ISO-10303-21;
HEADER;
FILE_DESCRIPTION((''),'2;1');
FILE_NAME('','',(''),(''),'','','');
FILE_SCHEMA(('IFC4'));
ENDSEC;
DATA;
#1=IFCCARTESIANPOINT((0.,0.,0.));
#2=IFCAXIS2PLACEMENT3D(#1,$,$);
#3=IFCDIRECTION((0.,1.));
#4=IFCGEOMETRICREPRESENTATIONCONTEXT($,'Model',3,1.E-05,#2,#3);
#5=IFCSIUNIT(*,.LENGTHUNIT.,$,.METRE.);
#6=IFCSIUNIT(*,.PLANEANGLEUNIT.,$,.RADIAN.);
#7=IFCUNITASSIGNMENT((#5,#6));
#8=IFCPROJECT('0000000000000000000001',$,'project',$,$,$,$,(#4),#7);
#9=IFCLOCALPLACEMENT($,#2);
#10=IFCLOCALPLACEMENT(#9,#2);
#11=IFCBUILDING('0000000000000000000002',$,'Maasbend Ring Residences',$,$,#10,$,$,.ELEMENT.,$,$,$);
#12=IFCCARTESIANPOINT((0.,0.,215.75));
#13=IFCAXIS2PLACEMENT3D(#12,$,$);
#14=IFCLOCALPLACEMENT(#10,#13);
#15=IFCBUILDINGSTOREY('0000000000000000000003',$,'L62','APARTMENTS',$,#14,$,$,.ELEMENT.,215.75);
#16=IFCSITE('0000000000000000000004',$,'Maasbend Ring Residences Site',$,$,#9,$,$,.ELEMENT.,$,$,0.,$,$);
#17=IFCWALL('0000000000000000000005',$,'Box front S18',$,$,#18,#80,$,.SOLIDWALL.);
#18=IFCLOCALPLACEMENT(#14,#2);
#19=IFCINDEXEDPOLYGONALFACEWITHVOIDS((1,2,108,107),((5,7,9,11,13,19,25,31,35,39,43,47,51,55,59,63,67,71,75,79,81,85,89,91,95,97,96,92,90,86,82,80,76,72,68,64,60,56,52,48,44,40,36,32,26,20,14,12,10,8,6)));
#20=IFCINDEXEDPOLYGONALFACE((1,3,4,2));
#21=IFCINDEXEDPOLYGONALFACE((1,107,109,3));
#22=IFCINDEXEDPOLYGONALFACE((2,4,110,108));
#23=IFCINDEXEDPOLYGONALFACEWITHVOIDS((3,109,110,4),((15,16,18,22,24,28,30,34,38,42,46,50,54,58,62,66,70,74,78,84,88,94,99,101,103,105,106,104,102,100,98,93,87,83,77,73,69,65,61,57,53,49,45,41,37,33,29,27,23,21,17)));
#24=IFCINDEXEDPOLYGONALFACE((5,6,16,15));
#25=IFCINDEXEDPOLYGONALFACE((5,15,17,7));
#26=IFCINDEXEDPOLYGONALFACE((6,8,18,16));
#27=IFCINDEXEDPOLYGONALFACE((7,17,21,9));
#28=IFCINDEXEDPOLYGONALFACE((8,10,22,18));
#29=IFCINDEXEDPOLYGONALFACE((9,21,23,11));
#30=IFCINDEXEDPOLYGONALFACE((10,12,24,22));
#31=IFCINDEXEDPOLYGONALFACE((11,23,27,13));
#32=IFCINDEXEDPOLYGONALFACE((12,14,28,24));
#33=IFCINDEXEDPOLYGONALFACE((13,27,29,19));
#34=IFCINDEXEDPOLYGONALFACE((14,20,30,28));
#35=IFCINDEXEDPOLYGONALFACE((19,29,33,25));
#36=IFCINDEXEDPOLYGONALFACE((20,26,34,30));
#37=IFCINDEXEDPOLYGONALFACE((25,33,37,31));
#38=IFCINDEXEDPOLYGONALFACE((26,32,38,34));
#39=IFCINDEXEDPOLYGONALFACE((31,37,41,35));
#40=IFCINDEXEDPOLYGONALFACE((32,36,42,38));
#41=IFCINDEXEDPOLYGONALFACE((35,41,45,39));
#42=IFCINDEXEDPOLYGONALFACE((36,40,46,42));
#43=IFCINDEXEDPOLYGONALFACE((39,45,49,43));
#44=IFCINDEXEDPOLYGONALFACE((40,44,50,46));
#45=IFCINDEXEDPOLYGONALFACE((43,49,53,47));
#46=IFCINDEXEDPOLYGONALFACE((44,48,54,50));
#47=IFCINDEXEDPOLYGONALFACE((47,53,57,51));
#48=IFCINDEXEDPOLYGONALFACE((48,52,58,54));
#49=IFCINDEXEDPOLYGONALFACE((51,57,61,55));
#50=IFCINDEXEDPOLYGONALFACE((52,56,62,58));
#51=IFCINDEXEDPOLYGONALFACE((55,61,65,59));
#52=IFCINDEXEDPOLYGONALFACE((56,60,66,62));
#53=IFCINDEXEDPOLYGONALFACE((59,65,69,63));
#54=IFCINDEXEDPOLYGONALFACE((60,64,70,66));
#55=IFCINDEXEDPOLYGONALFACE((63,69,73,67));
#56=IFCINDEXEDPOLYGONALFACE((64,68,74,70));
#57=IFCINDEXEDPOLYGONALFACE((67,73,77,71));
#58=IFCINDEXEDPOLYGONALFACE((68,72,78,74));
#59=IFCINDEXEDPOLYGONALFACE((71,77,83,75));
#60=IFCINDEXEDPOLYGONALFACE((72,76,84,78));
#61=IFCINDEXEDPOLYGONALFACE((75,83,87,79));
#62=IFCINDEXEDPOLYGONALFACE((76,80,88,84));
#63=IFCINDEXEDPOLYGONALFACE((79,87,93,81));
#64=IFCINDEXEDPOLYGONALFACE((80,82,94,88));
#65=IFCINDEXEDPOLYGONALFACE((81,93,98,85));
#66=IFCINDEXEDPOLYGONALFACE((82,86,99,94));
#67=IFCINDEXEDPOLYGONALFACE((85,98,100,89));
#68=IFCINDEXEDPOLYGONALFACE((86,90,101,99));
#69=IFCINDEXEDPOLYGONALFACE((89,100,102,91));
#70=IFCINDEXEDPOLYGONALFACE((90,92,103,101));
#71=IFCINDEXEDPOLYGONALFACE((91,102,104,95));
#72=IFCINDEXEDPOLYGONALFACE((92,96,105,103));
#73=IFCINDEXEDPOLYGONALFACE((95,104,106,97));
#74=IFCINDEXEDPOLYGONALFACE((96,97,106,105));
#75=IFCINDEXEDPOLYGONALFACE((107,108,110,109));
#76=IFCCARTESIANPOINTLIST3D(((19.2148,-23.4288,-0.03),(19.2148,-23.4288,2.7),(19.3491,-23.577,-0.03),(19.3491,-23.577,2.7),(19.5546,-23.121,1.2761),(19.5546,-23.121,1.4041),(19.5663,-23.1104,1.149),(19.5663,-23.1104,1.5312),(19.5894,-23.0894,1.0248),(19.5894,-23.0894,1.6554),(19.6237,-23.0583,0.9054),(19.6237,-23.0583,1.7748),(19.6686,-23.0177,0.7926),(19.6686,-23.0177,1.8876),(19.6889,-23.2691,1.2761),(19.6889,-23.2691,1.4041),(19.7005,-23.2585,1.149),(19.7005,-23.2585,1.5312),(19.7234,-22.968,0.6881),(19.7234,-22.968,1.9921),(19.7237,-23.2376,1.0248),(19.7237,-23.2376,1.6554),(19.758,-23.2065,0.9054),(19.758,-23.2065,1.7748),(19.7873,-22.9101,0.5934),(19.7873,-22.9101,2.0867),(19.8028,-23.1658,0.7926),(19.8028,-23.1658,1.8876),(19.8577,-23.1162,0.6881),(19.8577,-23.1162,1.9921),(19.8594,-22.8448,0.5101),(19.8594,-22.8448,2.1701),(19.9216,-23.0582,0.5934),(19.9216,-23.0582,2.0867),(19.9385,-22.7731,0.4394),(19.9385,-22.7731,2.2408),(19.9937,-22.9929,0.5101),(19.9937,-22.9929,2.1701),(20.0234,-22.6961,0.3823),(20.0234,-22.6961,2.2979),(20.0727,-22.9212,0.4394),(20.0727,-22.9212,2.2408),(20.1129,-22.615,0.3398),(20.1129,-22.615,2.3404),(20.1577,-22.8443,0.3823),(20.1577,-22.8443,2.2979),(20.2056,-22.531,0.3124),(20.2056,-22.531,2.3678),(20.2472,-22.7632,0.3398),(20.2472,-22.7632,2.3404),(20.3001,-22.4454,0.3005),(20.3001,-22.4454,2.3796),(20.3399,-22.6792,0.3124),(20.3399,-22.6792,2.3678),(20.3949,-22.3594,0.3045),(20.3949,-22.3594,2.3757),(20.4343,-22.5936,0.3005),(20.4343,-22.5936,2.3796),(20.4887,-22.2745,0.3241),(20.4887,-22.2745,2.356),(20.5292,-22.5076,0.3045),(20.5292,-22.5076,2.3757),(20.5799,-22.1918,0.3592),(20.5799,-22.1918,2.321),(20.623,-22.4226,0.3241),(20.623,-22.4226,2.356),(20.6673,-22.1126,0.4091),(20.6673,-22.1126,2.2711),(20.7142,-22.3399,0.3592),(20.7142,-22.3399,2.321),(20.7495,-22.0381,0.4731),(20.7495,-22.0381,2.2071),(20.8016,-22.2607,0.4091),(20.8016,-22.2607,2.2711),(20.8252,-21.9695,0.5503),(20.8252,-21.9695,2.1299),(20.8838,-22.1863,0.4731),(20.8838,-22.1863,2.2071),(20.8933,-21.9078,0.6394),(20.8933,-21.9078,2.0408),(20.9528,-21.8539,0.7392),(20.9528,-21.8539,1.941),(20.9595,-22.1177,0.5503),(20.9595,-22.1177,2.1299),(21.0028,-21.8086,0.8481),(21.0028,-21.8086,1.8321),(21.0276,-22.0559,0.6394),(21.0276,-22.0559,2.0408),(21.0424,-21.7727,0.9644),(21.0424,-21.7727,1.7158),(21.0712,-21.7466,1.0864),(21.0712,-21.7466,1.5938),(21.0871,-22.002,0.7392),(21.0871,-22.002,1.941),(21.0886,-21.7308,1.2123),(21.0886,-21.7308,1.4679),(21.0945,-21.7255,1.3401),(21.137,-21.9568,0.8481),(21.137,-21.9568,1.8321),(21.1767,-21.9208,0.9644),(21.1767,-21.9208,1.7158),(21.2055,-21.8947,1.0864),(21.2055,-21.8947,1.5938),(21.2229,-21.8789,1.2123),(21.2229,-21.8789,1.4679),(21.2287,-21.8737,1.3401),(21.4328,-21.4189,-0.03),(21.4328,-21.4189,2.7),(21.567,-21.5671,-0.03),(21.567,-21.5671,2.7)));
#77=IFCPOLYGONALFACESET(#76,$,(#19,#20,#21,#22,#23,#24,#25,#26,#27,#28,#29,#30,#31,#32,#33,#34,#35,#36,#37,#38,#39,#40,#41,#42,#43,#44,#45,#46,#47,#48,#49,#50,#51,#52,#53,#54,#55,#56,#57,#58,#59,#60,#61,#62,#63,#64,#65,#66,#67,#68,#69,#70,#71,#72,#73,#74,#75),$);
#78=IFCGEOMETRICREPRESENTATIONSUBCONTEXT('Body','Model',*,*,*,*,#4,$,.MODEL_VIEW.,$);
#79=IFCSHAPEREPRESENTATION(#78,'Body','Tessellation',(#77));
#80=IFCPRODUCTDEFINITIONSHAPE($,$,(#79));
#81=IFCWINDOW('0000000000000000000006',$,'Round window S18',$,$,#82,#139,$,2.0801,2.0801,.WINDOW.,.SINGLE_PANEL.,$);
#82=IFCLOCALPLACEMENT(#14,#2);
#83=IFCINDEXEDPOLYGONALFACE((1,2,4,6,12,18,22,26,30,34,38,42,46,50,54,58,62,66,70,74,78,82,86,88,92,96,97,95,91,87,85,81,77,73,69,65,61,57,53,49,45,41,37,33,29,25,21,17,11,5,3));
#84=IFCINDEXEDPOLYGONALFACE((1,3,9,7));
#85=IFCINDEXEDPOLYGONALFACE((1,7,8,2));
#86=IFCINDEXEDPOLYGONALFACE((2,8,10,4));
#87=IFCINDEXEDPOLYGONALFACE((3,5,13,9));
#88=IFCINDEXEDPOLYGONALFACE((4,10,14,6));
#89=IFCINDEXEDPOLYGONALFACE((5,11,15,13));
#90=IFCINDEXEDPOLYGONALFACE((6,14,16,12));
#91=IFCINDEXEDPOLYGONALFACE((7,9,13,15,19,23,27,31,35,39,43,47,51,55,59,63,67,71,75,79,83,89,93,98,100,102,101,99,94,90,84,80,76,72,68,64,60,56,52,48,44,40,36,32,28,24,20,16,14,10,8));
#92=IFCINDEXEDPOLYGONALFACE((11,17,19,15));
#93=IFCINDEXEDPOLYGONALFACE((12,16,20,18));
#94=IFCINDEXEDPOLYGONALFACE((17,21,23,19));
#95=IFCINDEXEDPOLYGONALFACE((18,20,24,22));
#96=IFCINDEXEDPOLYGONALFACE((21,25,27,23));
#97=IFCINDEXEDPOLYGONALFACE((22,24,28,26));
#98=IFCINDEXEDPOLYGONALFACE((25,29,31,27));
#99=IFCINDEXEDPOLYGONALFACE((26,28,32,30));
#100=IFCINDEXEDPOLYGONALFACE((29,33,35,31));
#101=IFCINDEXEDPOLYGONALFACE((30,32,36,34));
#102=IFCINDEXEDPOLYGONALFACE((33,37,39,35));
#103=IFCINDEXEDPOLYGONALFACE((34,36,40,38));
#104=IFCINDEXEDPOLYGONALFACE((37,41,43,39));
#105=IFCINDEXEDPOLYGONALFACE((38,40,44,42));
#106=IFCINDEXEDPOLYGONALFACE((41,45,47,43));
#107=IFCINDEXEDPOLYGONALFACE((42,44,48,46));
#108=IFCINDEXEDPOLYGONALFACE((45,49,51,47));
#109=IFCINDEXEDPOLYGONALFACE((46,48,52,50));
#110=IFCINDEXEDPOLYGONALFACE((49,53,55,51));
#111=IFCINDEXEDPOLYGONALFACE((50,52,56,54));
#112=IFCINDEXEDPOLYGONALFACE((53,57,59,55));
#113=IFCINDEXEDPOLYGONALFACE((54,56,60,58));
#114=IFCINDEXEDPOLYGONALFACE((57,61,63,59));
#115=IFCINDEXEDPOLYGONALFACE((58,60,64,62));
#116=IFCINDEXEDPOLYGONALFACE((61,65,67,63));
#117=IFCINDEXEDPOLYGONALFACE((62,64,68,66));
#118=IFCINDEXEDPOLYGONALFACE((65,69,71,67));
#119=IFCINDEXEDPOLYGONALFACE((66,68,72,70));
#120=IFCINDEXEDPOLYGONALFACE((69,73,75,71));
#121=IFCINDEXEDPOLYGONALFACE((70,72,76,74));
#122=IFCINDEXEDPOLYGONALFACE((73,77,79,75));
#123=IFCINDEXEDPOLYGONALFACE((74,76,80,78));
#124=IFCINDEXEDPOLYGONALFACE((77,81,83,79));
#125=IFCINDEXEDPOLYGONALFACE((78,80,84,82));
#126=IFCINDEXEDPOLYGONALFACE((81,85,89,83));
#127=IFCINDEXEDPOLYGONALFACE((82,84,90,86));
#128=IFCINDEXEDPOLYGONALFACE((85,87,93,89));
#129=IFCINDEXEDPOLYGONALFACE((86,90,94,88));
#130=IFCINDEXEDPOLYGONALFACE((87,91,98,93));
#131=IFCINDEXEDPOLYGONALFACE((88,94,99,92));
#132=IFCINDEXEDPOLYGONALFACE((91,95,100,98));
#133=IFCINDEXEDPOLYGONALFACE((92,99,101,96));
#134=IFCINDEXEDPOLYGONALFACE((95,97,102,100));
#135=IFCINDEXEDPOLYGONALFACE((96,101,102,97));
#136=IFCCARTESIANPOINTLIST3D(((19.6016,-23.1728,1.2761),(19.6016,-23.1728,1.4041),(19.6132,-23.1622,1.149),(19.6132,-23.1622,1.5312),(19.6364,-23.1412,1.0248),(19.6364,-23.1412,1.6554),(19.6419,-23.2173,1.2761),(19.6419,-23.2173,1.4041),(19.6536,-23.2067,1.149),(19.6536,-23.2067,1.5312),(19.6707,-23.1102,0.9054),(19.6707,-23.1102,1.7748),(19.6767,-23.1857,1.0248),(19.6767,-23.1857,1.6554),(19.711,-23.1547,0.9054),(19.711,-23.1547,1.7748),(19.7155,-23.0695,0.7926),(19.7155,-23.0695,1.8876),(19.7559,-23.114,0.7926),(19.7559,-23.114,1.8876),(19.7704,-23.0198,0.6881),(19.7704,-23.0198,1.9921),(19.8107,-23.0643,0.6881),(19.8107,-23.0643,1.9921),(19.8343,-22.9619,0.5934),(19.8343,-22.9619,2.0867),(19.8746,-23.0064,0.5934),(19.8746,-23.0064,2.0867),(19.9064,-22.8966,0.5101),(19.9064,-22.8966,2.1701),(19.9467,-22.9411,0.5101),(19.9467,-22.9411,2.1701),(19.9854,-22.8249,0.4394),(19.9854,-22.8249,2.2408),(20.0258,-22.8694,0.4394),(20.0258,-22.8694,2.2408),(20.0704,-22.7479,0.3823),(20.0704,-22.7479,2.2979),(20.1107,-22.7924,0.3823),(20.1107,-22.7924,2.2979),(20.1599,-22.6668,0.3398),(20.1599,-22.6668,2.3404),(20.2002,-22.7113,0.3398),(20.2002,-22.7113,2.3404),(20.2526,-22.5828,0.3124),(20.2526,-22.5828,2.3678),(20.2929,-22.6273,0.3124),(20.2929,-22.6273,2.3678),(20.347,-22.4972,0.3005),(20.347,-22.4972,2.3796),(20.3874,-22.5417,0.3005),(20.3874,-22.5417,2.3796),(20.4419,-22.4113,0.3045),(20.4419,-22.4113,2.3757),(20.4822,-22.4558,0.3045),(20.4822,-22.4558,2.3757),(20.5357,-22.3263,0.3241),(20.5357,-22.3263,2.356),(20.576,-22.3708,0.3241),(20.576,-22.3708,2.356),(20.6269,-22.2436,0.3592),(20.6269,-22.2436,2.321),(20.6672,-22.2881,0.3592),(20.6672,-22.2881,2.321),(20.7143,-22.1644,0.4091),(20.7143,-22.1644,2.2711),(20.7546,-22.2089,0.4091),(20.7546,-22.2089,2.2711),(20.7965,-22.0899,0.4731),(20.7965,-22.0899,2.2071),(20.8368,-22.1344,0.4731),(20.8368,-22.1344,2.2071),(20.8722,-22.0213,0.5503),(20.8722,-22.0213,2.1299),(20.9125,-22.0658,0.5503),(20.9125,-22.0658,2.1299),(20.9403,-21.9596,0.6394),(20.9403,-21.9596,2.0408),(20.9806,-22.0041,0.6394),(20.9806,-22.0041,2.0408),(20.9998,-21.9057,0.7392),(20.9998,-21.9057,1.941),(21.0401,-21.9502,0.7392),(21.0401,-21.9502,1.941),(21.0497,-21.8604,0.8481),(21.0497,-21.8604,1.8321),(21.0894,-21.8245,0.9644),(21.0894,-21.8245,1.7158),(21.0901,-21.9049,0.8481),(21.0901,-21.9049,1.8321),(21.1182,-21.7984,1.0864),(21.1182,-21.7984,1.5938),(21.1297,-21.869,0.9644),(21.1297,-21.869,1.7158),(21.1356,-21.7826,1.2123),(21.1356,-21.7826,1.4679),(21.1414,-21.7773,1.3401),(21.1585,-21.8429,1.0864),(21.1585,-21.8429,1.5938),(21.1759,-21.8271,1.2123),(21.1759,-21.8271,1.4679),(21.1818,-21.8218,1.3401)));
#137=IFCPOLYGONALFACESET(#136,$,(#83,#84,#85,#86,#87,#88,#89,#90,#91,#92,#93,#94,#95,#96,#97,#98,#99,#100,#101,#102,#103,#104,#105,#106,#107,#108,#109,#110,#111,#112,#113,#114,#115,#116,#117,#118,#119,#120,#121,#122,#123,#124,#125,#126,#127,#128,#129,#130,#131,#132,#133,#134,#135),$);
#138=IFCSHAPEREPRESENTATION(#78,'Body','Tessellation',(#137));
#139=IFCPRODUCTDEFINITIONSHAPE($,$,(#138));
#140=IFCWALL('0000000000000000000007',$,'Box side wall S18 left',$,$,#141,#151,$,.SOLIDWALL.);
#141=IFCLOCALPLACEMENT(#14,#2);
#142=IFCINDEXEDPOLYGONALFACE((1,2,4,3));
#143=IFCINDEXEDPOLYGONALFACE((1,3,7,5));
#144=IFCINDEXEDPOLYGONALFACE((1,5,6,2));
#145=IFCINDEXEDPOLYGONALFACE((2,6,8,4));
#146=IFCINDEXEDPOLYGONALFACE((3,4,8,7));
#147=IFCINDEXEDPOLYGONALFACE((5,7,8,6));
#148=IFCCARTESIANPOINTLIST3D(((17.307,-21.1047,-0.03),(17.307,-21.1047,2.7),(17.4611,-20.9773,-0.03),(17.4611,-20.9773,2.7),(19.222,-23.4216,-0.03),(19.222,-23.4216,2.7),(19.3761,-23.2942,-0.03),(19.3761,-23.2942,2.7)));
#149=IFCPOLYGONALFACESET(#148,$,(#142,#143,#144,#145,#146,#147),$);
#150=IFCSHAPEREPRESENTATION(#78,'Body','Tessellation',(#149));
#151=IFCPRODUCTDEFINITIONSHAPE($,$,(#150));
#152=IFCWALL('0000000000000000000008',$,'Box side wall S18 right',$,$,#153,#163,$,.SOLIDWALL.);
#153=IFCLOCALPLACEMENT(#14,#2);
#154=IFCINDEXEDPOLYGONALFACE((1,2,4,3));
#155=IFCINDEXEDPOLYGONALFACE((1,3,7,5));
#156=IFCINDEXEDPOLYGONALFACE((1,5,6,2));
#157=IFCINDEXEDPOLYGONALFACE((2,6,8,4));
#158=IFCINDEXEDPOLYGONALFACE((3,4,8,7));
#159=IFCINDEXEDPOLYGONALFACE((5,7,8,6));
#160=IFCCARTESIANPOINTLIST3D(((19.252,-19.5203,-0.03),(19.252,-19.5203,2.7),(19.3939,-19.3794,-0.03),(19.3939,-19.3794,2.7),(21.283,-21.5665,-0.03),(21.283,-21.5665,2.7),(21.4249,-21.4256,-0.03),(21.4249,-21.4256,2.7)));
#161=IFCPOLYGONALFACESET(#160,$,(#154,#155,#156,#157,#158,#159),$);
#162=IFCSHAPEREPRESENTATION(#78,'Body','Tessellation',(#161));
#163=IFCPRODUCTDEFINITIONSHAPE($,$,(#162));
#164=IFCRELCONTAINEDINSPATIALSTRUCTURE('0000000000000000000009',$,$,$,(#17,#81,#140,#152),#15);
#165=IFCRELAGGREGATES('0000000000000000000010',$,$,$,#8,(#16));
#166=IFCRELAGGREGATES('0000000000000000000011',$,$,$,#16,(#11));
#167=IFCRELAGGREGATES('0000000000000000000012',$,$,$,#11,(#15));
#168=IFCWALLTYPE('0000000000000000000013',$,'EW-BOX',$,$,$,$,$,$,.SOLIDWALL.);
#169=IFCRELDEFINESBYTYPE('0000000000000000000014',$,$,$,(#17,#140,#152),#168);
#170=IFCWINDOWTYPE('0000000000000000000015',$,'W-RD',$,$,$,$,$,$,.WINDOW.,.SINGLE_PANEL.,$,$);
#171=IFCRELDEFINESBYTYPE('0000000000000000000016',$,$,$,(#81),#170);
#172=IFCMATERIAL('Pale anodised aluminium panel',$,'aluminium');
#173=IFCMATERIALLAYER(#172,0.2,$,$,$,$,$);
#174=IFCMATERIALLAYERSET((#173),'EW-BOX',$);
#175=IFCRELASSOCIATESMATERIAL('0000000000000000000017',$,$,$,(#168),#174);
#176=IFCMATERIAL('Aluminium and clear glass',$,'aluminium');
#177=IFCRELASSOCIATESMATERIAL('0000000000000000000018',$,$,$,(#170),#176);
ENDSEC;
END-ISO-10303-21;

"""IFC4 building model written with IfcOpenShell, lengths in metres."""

from ifc_helpers import new_model, si_unit, direction, frame, frame_2d, origin, place, context, subcontext, project, spatial, rectangle, circle, extrude, material, layer, layer_set, type_object, element, fill, save


model = new_model("IFC4")

# Units and contexts
model_context = context("Model", 3, precision=1e-05, world=origin(), true_north=direction((0.0, 1.0)))
body_context = subcontext(model_context, "Body", "Model", "MODEL_VIEW")
ifc_project = project(units=[si_unit("LENGTHUNIT", "METRE"), si_unit("PLANEANGLEUNIT", "RADIAN")], contexts=[model_context])

# Site, building, storey
site_placement = place(None, origin())
site = spatial("IfcSite", under=ifc_project, at=site_placement, Name="Maasbend Ring Residences Site", CompositionType="ELEMENT", RefElevation=0.0)
building_placement = place(site_placement, origin())
building = spatial("IfcBuilding", under=site, at=building_placement, Name="Maasbend Ring Residences", CompositionType="ELEMENT")
storey_placement = place(building_placement, frame((0.0, 0.0, 215.75)))
storey = spatial("IfcBuildingStorey", under=building, at=storey_placement, Name="L62", Description="APARTMENTS", CompositionType="ELEMENT", Elevation=215.75)

# Shared definitions
ifc_material_1 = material(Name="Pale anodised aluminium panel", Category="aluminium")
ifc_layer_1 = layer(ifc_material_1, 0.2)
ifc_layer_set_1 = layer_set([ifc_layer_1], Name="EW-BOX")
wall_type_1 = type_object("IfcWallType", Name="EW-BOX", PredefinedType="SOLIDWALL", material=ifc_layer_set_1)
ifc_material_2 = material(Name="Aluminium and clear glass", Category="aluminium")
window_type_1 = type_object("IfcWindowType", Name="W-RD", PartitioningType="SINGLE_PANEL", PredefinedType="WINDOW", material=ifc_material_2)

# Wall, opening, window
wall_1_placement = place(storey_placement, frame((19.282, -23.5029, -0.03), z_axis=(0.0, 0.0, 1.0), x_axis=(0.740998, 0.671507, 0.0)))
wall_1 = element("IfcWall", 1, at=wall_1_placement, inside=storey, type_object=wall_type_1, Name="Box front S18", PredefinedType="SOLIDWALL", context=body_context, shape_type="SweptSolid", body=[
    extrude(rectangle(XDim=2.9932, YDim=0.2, at=frame_2d((1.4966, 0.0))), origin(), (0.0, 0.0, 1.0), 2.73),
])
opening_1_placement = place(wall_1_placement, frame((0.4565, 0.0, 0.3301)))
opening_1 = element("IfcOpeningElement", 2, at=opening_1_placement, cuts=wall_1, PredefinedType="OPENING", context=body_context, shape_type="SweptSolid", body=[
    extrude(circle(Radius=1.04, at=frame_2d((1.04, 1.04))), frame((0.0, 0.1099, 0.0), z_axis=(0.0, -1.0, 0.0), x_axis=(1.0, 0.0, 0.0)), (0.0, 0.0, 1.0), 0.22),
])
window_1_placement = place(opening_1_placement, origin())
window_1 = element("IfcWindow", 3, at=window_1_placement, inside=storey, type_object=window_type_1, Name="Round window S18", OverallHeight=2.0801, OverallWidth=2.0801, PartitioningType="SINGLE_PANEL", PredefinedType="WINDOW", context=body_context, shape_type="SweptSolid", body=[
    extrude(circle(Radius=1.04, at=frame_2d((1.04, 1.04))), frame((0.0, 0.03, 0.0), z_axis=(0.0, -1.0, 0.0), x_axis=(1.0, 0.0, 0.0)), (0.0, 0.0, 1.0), 0.0601),
])
fill(opening_1, window_1)

# Walls
wall_2_placement = place(storey_placement, frame((17.384, -21.041, -0.03), z_axis=(0.0, 0.0, 1.0), x_axis=(0.637096, -0.770785, 0.0)))
element("IfcWall", 4, at=wall_2_placement, inside=storey, type_object=wall_type_1, Name="Box side wall S18 left", PredefinedType="SOLIDWALL", context=body_context, shape_type="SweptSolid", body=[
    extrude(rectangle(XDim=3.0059, YDim=0.2, at=frame_2d((1.5029, 0.0))), origin(), (0.0, 0.0, 1.0), 2.73),
])
wall_3_placement = place(storey_placement, frame((19.323, -19.45, -0.03), z_axis=(0.0, 0.0, 1.0), x_axis=(0.704477, -0.709727, 0.0)))
element("IfcWall", 5, at=wall_3_placement, inside=storey, type_object=wall_type_1, Name="Box side wall S18 right", PredefinedType="SOLIDWALL", context=body_context, shape_type="SweptSolid", body=[
    extrude(rectangle(XDim=2.8831, YDim=0.2, at=frame_2d((1.4414, 0.0))), origin(), (0.0, 0.0, 1.0), 2.73),
])

save(model, "model.ifc")
